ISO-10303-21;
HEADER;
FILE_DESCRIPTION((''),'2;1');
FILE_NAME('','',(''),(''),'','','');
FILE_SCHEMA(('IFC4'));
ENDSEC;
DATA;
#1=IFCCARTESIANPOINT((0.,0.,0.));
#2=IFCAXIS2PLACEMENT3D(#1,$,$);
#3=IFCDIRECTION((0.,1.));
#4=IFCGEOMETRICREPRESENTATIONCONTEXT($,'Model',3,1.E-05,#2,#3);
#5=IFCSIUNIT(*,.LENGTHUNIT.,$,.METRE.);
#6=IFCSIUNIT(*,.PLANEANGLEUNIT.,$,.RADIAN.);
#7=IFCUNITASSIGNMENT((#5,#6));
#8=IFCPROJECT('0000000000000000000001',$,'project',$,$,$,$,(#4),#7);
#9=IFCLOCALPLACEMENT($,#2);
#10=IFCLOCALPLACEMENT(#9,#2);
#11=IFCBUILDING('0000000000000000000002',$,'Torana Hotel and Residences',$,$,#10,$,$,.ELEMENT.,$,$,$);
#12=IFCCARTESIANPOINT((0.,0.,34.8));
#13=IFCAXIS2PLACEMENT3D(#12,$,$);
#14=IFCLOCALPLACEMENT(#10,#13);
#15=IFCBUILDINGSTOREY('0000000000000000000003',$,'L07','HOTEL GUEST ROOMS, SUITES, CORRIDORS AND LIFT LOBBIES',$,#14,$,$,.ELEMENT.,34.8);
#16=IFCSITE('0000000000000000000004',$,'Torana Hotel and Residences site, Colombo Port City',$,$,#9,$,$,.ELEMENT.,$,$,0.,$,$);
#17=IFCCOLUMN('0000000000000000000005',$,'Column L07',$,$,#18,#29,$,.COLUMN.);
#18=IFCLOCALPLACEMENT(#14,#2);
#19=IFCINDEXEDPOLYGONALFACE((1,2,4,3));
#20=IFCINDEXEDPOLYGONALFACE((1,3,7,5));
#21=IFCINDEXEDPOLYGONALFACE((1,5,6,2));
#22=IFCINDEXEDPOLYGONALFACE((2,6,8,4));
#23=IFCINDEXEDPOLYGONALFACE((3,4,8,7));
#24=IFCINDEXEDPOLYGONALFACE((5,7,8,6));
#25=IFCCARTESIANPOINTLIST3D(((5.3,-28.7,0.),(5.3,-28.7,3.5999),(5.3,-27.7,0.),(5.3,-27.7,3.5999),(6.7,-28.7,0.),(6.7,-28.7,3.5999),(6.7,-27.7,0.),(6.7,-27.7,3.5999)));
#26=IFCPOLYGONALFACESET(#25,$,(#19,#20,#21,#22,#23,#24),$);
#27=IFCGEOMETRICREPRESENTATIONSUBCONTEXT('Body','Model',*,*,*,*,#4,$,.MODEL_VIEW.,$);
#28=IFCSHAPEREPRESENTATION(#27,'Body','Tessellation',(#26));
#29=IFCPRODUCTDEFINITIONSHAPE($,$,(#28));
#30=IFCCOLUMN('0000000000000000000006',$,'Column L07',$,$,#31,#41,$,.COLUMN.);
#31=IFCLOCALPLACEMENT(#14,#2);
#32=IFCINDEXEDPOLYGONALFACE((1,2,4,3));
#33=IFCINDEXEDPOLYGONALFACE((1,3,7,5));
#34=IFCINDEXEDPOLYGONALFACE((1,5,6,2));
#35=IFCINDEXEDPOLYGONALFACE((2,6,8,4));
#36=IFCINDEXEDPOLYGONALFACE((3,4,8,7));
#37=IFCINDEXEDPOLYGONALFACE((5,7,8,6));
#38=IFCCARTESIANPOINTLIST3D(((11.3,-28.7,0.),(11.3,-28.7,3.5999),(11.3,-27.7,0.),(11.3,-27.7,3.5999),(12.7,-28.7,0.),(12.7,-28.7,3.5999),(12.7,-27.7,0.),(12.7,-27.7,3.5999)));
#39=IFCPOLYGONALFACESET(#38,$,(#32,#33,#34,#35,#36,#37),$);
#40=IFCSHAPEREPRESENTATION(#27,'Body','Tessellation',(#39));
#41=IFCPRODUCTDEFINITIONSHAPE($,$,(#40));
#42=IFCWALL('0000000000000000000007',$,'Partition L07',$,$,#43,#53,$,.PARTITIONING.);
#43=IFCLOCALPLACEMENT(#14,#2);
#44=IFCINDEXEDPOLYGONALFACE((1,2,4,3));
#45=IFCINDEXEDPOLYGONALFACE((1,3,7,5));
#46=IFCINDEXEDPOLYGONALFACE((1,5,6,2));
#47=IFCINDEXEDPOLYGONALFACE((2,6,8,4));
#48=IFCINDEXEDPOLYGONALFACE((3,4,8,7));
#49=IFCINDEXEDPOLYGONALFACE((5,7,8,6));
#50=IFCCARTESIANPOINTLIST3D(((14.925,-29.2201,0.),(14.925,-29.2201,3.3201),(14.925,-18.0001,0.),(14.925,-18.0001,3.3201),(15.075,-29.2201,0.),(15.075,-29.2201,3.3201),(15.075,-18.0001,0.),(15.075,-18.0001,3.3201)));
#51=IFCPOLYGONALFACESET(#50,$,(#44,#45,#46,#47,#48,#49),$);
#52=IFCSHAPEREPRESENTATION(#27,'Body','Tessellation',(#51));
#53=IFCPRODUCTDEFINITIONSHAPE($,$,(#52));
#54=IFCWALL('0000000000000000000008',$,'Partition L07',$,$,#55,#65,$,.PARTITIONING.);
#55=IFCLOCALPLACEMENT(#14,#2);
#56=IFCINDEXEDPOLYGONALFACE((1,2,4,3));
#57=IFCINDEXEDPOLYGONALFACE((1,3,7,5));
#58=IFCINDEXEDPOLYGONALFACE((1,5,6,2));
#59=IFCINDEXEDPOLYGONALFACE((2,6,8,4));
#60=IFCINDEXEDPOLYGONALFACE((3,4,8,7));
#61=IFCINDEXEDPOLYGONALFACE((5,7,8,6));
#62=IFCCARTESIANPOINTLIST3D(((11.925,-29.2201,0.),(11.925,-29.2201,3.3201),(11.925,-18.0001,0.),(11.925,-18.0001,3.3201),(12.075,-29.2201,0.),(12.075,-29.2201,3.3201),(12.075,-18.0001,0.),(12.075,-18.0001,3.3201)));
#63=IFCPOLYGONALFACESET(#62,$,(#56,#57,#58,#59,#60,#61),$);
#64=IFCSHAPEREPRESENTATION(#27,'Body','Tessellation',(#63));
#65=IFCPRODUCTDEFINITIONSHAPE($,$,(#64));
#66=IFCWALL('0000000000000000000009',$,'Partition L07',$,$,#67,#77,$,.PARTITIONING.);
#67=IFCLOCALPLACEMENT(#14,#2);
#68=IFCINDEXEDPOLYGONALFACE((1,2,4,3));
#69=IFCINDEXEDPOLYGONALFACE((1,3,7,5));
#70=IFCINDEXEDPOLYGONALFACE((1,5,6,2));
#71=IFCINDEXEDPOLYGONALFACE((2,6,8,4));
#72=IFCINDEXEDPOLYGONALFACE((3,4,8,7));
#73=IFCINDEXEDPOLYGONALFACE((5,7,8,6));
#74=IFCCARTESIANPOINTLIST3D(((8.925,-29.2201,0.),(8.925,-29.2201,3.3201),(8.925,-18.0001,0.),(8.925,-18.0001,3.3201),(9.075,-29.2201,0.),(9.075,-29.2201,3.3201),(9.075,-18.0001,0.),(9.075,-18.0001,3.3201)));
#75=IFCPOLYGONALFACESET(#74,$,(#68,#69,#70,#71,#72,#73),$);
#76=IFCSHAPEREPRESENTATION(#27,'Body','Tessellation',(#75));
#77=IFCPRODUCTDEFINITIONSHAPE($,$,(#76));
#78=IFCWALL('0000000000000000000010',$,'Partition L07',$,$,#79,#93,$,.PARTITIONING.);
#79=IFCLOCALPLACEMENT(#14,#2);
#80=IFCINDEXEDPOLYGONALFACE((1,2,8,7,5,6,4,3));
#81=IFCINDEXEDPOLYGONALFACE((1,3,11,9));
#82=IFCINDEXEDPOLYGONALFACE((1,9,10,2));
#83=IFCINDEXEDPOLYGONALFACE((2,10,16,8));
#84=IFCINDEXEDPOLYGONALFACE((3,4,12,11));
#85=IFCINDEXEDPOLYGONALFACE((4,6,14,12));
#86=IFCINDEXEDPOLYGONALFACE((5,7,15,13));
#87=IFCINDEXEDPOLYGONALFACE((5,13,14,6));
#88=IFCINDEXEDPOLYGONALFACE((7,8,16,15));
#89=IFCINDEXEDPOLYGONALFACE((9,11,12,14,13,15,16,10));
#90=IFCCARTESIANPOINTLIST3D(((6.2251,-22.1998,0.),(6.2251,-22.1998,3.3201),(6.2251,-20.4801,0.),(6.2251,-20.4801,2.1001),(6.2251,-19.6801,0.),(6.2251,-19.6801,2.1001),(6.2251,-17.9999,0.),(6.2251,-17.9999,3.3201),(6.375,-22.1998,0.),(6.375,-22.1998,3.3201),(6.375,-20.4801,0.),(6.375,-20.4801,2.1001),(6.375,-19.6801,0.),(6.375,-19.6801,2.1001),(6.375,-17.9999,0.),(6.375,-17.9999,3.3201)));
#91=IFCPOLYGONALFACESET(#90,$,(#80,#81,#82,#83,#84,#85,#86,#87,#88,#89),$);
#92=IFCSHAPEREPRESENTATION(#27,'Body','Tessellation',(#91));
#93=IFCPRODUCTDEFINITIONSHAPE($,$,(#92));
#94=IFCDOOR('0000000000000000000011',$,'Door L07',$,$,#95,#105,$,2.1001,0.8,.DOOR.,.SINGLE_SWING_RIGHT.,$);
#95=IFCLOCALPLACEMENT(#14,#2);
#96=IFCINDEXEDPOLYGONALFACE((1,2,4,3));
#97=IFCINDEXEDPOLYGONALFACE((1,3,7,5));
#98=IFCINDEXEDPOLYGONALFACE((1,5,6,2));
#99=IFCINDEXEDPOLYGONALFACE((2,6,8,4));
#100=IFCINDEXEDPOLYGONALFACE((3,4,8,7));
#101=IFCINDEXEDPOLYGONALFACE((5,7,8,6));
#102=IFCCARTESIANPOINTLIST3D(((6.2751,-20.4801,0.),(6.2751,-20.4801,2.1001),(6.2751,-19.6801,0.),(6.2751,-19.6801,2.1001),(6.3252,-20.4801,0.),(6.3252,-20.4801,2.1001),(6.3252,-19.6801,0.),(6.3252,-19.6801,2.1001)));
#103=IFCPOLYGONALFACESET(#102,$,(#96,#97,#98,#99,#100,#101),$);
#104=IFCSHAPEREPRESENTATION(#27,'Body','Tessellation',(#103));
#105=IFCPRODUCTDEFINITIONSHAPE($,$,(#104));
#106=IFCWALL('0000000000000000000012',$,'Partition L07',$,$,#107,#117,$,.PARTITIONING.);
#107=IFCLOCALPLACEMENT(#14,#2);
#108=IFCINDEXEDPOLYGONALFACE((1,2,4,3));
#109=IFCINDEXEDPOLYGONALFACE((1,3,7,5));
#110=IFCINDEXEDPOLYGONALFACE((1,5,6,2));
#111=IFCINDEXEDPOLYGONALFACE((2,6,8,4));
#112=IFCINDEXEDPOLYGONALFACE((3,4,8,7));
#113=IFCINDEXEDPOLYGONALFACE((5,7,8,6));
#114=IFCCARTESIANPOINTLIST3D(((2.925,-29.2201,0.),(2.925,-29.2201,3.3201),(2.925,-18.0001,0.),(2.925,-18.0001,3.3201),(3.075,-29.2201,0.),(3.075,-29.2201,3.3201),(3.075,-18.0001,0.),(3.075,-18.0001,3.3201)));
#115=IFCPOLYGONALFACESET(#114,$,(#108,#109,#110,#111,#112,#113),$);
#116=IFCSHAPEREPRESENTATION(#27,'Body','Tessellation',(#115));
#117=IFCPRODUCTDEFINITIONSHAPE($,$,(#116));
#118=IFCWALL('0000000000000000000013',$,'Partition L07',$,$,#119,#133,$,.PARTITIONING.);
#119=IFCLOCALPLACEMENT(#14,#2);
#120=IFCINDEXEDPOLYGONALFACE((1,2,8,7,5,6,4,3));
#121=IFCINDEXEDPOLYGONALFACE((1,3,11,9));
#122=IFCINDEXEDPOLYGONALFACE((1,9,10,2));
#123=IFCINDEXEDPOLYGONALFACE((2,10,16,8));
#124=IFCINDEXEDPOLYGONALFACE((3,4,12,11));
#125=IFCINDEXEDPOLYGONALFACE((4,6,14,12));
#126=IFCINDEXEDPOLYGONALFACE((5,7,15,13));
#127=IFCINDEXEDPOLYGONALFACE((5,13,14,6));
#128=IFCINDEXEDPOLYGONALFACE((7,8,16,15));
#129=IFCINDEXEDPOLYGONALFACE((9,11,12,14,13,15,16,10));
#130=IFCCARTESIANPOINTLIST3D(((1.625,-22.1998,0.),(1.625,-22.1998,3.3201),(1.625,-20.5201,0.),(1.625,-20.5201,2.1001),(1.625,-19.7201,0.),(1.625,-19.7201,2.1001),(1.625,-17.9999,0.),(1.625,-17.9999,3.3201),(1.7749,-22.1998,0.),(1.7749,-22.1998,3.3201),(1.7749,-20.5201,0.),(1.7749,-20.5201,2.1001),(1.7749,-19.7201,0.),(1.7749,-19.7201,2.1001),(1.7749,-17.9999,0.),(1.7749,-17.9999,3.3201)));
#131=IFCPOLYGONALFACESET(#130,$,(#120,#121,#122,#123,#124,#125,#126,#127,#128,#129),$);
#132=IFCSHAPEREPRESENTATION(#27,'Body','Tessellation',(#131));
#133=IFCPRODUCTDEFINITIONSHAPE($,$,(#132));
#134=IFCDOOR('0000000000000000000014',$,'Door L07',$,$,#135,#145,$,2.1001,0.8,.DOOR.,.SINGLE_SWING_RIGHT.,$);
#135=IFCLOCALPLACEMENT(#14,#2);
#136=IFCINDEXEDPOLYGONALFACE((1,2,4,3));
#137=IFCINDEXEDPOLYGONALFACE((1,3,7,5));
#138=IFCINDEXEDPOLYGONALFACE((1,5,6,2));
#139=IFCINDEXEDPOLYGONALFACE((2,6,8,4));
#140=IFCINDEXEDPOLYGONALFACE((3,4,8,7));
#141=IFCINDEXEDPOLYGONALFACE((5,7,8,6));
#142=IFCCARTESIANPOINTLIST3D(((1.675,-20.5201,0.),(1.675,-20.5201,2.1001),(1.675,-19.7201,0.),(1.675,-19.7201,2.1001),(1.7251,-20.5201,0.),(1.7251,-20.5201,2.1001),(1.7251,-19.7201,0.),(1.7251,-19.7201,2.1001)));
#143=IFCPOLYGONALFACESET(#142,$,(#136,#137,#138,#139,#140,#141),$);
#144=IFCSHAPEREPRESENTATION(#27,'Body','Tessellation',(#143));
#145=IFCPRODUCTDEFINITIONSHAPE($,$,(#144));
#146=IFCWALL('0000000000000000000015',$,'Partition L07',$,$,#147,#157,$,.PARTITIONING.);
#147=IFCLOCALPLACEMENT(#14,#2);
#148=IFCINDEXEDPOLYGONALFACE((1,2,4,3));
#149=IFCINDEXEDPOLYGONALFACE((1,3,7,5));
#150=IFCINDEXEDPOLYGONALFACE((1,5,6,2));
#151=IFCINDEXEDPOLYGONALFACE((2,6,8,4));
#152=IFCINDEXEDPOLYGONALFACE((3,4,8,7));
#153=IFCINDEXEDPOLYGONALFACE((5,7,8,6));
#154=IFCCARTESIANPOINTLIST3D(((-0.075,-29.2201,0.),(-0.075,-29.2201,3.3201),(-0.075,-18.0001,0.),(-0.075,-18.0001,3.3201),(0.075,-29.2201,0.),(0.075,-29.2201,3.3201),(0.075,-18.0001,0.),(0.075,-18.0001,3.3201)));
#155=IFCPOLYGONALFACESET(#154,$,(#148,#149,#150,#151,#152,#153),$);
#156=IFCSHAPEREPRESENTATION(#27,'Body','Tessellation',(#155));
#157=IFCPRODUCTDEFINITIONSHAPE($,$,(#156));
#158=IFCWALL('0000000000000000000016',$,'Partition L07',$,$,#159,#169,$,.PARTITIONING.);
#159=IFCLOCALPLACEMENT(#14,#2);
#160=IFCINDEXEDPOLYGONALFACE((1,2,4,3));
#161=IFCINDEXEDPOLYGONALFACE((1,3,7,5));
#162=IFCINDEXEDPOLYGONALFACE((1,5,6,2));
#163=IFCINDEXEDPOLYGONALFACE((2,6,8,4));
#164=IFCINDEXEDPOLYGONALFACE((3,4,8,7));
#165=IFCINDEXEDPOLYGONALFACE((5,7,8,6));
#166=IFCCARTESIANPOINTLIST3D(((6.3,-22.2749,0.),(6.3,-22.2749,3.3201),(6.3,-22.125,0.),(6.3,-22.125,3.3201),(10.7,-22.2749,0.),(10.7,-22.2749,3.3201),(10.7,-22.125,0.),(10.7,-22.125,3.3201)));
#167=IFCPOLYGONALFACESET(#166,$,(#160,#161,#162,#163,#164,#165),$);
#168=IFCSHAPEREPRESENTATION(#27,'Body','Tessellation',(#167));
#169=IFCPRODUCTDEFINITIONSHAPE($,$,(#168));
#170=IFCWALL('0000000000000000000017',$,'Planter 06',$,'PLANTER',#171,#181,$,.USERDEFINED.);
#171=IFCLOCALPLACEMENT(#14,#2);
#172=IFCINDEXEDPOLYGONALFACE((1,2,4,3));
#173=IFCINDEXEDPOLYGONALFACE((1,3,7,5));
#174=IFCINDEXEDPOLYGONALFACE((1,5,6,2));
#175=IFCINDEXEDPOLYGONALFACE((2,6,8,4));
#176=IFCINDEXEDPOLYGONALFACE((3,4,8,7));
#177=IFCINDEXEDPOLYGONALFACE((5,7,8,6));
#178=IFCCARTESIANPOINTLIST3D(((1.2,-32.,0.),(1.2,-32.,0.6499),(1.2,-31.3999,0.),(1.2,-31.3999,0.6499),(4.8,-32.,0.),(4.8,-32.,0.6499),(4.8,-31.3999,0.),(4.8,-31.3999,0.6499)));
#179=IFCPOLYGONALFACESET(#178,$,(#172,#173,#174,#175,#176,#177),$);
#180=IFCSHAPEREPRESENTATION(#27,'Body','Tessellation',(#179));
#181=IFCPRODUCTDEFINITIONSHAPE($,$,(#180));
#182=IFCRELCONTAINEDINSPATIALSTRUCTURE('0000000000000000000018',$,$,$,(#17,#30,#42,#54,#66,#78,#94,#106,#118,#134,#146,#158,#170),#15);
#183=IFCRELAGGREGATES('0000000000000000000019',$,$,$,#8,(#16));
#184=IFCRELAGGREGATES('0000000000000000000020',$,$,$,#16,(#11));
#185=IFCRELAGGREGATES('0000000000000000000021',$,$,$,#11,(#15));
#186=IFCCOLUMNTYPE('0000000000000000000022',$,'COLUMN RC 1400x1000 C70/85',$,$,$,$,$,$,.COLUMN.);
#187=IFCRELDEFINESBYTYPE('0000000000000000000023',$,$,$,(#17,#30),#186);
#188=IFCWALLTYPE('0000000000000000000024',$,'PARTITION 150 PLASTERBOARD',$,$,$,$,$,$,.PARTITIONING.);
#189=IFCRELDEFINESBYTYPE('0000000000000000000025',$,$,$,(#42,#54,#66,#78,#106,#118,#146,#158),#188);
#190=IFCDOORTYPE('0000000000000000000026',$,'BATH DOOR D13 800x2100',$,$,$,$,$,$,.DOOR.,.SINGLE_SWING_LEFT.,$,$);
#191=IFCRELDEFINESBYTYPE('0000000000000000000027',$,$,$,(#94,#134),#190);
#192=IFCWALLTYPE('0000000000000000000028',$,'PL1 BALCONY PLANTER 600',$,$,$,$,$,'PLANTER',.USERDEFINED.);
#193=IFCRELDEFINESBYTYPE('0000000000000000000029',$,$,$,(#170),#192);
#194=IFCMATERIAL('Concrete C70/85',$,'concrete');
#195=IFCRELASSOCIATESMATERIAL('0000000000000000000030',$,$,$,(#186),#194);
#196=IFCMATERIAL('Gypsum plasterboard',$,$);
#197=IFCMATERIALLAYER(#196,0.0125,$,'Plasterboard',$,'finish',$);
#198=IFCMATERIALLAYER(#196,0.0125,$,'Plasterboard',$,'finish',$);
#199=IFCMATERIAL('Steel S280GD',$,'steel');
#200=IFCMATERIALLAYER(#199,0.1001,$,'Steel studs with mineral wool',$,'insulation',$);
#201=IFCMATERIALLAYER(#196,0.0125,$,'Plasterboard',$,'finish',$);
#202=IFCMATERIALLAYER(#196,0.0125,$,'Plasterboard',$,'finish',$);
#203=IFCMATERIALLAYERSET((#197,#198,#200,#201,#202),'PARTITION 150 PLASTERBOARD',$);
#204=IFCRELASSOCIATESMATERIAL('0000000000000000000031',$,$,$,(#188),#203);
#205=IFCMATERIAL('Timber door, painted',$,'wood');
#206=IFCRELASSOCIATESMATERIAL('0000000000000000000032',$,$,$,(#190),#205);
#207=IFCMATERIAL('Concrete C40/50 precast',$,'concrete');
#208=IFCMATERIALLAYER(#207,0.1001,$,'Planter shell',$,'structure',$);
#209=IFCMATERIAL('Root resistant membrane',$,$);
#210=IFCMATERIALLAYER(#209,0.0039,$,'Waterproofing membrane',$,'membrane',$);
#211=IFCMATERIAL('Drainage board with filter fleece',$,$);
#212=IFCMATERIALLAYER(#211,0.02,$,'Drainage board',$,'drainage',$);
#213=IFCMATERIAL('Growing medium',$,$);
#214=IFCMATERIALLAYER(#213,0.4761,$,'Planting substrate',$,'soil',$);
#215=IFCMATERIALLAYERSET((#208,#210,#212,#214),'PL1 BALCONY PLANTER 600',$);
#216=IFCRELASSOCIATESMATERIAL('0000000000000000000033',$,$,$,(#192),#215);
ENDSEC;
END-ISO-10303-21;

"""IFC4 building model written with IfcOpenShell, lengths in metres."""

from ifc_helpers import new_model, si_unit, direction, frame, frame_2d, origin, origin_2d, place, context, subcontext, project, spatial, rectangle, extrude, material, layer, layer_set, material_profile, profile_set, type_object, element, fill, save


model = new_model("IFC4")

# Units and contexts
model_context = context("Model", 3, precision=1e-05, world=origin(), true_north=direction((0.0, 1.0)))
body_context = subcontext(model_context, "Body", "Model", "MODEL_VIEW")
ifc_project = project(units=[si_unit("LENGTHUNIT", "METRE"), si_unit("PLANEANGLEUNIT", "RADIAN")], contexts=[model_context])

# Site, building, storey
site_placement = place(None, origin())
site = spatial("IfcSite", under=ifc_project, at=site_placement, Name="Torana Hotel and Residences site, Colombo Port City", CompositionType="ELEMENT", RefElevation=0.0)
building_placement = place(site_placement, origin())
building = spatial("IfcBuilding", under=site, at=building_placement, Name="Torana Hotel and Residences", CompositionType="ELEMENT")
storey_placement = place(building_placement, frame((0.0, 0.0, 34.8)))
storey = spatial("IfcBuildingStorey", under=building, at=storey_placement, Name="L07", Description="HOTEL GUEST ROOMS, SUITES, CORRIDORS AND LIFT LOBBIES", CompositionType="ELEMENT", Elevation=34.8)

# Columns
ifc_material_1 = material(Name="Concrete C70/85", Category="concrete")
ifc_material_profile = material_profile(ifc_material_1, rectangle(XDim=1.3999, YDim=1.0, at=origin_2d()), Name="RC 1400x1000")
ifc_profile_set = profile_set([ifc_material_profile], Name="Concrete C70/85")
column_type = type_object("IfcColumnType", Name="COLUMN RC 1400x1000 C70/85", PredefinedType="COLUMN", material=ifc_profile_set)
for number, where, z_axis, x_axis, name in (
    (1, (6.0, -28.2, 0.0), (0.0, 0.0, 1.0), (1.0, 0.0, 0.0), "Column L07"),
    (2, (12.0, -28.2, 0.0), (0.0, 0.0, 1.0), (1.0, 0.0, 0.0), "Column L07"),
):
    element("IfcColumn", number, at=place(storey_placement, frame(where, z_axis=z_axis, x_axis=x_axis)), inside=storey, type_object=column_type, Name=name, PredefinedType="COLUMN", context=body_context, shape_type="SweptSolid", body=[
        extrude(rectangle(XDim=1.3999, YDim=1.0, at=origin_2d()), origin(), (0.0, 0.0, 1.0), 3.5999),
    ])

# Walls
ifc_material_2 = material(Name="Gypsum plasterboard")
ifc_layer_1 = layer(ifc_material_2, 0.0125, Name="Plasterboard", Category="finish")
ifc_layer_2 = layer(ifc_material_2, 0.0125, Name="Plasterboard", Category="finish")
ifc_material_3 = material(Name="Steel S280GD", Category="steel")
ifc_layer_3 = layer(ifc_material_3, 0.1001, Name="Steel studs with mineral wool", Category="insulation")
ifc_layer_4 = layer(ifc_material_2, 0.0125, Name="Plasterboard", Category="finish")
ifc_layer_5 = layer(ifc_material_2, 0.0125, Name="Plasterboard", Category="finish")
ifc_layer_set_1 = layer_set([ifc_layer_1, ifc_layer_2, ifc_layer_3, ifc_layer_4, ifc_layer_5], Name="PARTITION 150 PLASTERBOARD")
wall_type_1 = type_object("IfcWallType", Name="PARTITION 150 PLASTERBOARD", PredefinedType="PARTITIONING", material=ifc_layer_set_1)
for number, where, z_axis, x_axis, name in (
    (3, (15.0, -29.22, 0.0), (0.0, 0.0, 1.0), (0.0, 1.0, 0.0), "Partition L07"),
    (4, (12.0, -29.22, 0.0), (0.0, 0.0, 1.0), (0.0, 1.0, 0.0), "Partition L07"),
    (5, (9.0, -29.22, 0.0), (0.0, 0.0, 1.0), (0.0, 1.0, 0.0), "Partition L07"),
):
    element("IfcWall", number, at=place(storey_placement, frame(where, z_axis=z_axis, x_axis=x_axis)), inside=storey, type_object=wall_type_1, Name=name, PredefinedType="PARTITIONING", context=body_context, shape_type="SweptSolid", body=[
        extrude(rectangle(XDim=11.22, YDim=0.1499, at=frame_2d((5.6099, 0.0))), origin(), (0.0, 0.0, 1.0), 3.3201),
    ])

# Wall, opening, door
wall_1_placement = place(storey_placement, frame((6.3, -22.2, 0.0), z_axis=(0.0, 0.0, 1.0), x_axis=(0.0, 1.0, 0.0)))
wall_1 = element("IfcWall", 6, at=wall_1_placement, inside=storey, type_object=wall_type_1, Name="Partition L07", PredefinedType="PARTITIONING", context=body_context, shape_type="SweptSolid", body=[
    extrude(rectangle(XDim=4.2, YDim=0.1499, at=frame_2d((2.1001, 0.0))), origin(), (0.0, 0.0, 1.0), 3.3201),
])
opening_1_placement = place(wall_1_placement, frame((1.72, 0.0, 0.0)))
opening_1 = element("IfcOpeningElement", 7, at=opening_1_placement, cuts=wall_1, PredefinedType="OPENING", context=body_context, shape_type="SweptSolid", body=[
    extrude(rectangle(XDim=0.8, YDim=2.1001, at=frame_2d((0.3999, 1.05))), frame((0.0, 0.085, 0.0), z_axis=(0.0, -1.0, 0.0), x_axis=(1.0, 0.0, 0.0)), (0.0, 0.0, 1.0), 0.1699),
])
ifc_material_4 = material(Name="Timber door, painted", Category="wood")
door_type = type_object("IfcDoorType", Name="BATH DOOR D13 800x2100", OperationType="SINGLE_SWING_LEFT", PredefinedType="DOOR", material=ifc_material_4)
door_1_placement = place(opening_1_placement, origin())
door_1 = element("IfcDoor", 8, at=door_1_placement, inside=storey, type_object=door_type, Name="Door L07", OperationType="SINGLE_SWING_RIGHT", OverallHeight=2.1001, OverallWidth=0.8, PredefinedType="DOOR", context=body_context, shape_type="SweptSolid", body=[
    extrude(rectangle(XDim=0.8, YDim=2.1001, at=frame_2d((0.3999, 1.05))), frame((0.0, 0.0249, 0.0), z_axis=(0.0, -1.0, 0.0), x_axis=(1.0, 0.0, 0.0)), (0.0, 0.0, 1.0), 0.05),
])
fill(opening_1, door_1)

# Wall
wall_2_placement = place(storey_placement, frame((3.0, -29.22, 0.0), z_axis=(0.0, 0.0, 1.0), x_axis=(0.0, 1.0, 0.0)))
element("IfcWall", 9, at=wall_2_placement, inside=storey, type_object=wall_type_1, Name="Partition L07", PredefinedType="PARTITIONING", context=body_context, shape_type="SweptSolid", body=[
    extrude(rectangle(XDim=11.22, YDim=0.1499, at=frame_2d((5.6099, 0.0))), origin(), (0.0, 0.0, 1.0), 3.3201),
])

# Wall, opening, door
wall_3_placement = place(storey_placement, frame((1.7, -22.2, 0.0), z_axis=(0.0, 0.0, 1.0), x_axis=(0.0, 1.0, 0.0)))
wall_3 = element("IfcWall", 10, at=wall_3_placement, inside=storey, type_object=wall_type_1, Name="Partition L07", PredefinedType="PARTITIONING", context=body_context, shape_type="SweptSolid", body=[
    extrude(rectangle(XDim=4.2, YDim=0.1499, at=frame_2d((2.1001, 0.0))), origin(), (0.0, 0.0, 1.0), 3.3201),
])
opening_2_placement = place(wall_3_placement, frame((1.6799, 0.0, 0.0)))
opening_2 = element("IfcOpeningElement", 11, at=opening_2_placement, cuts=wall_3, PredefinedType="OPENING", context=body_context, shape_type="SweptSolid", body=[
    extrude(rectangle(XDim=0.8, YDim=2.1001, at=frame_2d((0.3999, 1.05))), frame((0.0, 0.085, 0.0), z_axis=(0.0, -1.0, 0.0), x_axis=(1.0, 0.0, 0.0)), (0.0, 0.0, 1.0), 0.1699),
])
door_2_placement = place(opening_2_placement, origin())
door_2 = element("IfcDoor", 12, at=door_2_placement, inside=storey, type_object=door_type, Name="Door L07", OperationType="SINGLE_SWING_RIGHT", OverallHeight=2.1001, OverallWidth=0.8, PredefinedType="DOOR", context=body_context, shape_type="SweptSolid", body=[
    extrude(rectangle(XDim=0.8, YDim=2.1001, at=frame_2d((0.3999, 1.05))), frame((0.0, 0.0249, 0.0), z_axis=(0.0, -1.0, 0.0), x_axis=(1.0, 0.0, 0.0)), (0.0, 0.0, 1.0), 0.05),
])
fill(opening_2, door_2)

# Walls
wall_4_placement = place(storey_placement, frame((0.0, -29.22, 0.0), z_axis=(0.0, 0.0, 1.0), x_axis=(0.0, 1.0, 0.0)))
element("IfcWall", 13, at=wall_4_placement, inside=storey, type_object=wall_type_1, Name="Partition L07", PredefinedType="PARTITIONING", context=body_context, shape_type="SweptSolid", body=[
    extrude(rectangle(XDim=11.22, YDim=0.1499, at=frame_2d((5.6099, 0.0))), origin(), (0.0, 0.0, 1.0), 3.3201),
])
wall_5_placement = place(storey_placement, frame((6.3, -22.2, 0.0), z_axis=(0.0, 0.0, 1.0), x_axis=(1.0, 0.0, 0.0)))
element("IfcWall", 14, at=wall_5_placement, inside=storey, type_object=wall_type_1, Name="Partition L07", PredefinedType="PARTITIONING", context=body_context, shape_type="SweptSolid", body=[
    extrude(rectangle(XDim=4.3999, YDim=0.1499, at=frame_2d((2.2, 0.0))), origin(), (0.0, 0.0, 1.0), 3.3201),
])
ifc_material_5 = material(Name="Concrete C40/50 precast", Category="concrete")
ifc_layer_6 = layer(ifc_material_5, 0.1001, Name="Planter shell", Category="structure")
ifc_material_6 = material(Name="Root resistant membrane")
ifc_layer_7 = layer(ifc_material_6, 0.0039, Name="Waterproofing membrane", Category="membrane")
ifc_material_7 = material(Name="Drainage board with filter fleece")
ifc_layer_8 = layer(ifc_material_7, 0.02, Name="Drainage board", Category="drainage")
ifc_material_8 = material(Name="Growing medium")
ifc_layer_9 = layer(ifc_material_8, 0.4761, Name="Planting substrate", Category="soil")
ifc_layer_set_2 = layer_set([ifc_layer_6, ifc_layer_7, ifc_layer_8, ifc_layer_9], Name="PL1 BALCONY PLANTER 600")
wall_type_2 = type_object("IfcWallType", Name="PL1 BALCONY PLANTER 600", ElementType="PLANTER", PredefinedType="USERDEFINED", material=ifc_layer_set_2)
for number, where, z_axis, x_axis, name in (
    (15, (4.8, -31.7, 0.0), (0.0, 0.0, 1.0), (-1.0, 0.0, 0.0), "Planter 06"),
):
    element("IfcWall", number, at=place(storey_placement, frame(where, z_axis=z_axis, x_axis=x_axis)), inside=storey, type_object=wall_type_2, Name=name, ObjectType="PLANTER", PredefinedType="USERDEFINED", context=body_context, shape_type="SweptSolid", body=[
        extrude(rectangle(XDim=3.6001, YDim=0.6001, at=frame_2d((1.8, 0.0))), origin(), (0.0, 0.0, 1.0), 0.6499),
    ])

save(model, "model.ifc")
